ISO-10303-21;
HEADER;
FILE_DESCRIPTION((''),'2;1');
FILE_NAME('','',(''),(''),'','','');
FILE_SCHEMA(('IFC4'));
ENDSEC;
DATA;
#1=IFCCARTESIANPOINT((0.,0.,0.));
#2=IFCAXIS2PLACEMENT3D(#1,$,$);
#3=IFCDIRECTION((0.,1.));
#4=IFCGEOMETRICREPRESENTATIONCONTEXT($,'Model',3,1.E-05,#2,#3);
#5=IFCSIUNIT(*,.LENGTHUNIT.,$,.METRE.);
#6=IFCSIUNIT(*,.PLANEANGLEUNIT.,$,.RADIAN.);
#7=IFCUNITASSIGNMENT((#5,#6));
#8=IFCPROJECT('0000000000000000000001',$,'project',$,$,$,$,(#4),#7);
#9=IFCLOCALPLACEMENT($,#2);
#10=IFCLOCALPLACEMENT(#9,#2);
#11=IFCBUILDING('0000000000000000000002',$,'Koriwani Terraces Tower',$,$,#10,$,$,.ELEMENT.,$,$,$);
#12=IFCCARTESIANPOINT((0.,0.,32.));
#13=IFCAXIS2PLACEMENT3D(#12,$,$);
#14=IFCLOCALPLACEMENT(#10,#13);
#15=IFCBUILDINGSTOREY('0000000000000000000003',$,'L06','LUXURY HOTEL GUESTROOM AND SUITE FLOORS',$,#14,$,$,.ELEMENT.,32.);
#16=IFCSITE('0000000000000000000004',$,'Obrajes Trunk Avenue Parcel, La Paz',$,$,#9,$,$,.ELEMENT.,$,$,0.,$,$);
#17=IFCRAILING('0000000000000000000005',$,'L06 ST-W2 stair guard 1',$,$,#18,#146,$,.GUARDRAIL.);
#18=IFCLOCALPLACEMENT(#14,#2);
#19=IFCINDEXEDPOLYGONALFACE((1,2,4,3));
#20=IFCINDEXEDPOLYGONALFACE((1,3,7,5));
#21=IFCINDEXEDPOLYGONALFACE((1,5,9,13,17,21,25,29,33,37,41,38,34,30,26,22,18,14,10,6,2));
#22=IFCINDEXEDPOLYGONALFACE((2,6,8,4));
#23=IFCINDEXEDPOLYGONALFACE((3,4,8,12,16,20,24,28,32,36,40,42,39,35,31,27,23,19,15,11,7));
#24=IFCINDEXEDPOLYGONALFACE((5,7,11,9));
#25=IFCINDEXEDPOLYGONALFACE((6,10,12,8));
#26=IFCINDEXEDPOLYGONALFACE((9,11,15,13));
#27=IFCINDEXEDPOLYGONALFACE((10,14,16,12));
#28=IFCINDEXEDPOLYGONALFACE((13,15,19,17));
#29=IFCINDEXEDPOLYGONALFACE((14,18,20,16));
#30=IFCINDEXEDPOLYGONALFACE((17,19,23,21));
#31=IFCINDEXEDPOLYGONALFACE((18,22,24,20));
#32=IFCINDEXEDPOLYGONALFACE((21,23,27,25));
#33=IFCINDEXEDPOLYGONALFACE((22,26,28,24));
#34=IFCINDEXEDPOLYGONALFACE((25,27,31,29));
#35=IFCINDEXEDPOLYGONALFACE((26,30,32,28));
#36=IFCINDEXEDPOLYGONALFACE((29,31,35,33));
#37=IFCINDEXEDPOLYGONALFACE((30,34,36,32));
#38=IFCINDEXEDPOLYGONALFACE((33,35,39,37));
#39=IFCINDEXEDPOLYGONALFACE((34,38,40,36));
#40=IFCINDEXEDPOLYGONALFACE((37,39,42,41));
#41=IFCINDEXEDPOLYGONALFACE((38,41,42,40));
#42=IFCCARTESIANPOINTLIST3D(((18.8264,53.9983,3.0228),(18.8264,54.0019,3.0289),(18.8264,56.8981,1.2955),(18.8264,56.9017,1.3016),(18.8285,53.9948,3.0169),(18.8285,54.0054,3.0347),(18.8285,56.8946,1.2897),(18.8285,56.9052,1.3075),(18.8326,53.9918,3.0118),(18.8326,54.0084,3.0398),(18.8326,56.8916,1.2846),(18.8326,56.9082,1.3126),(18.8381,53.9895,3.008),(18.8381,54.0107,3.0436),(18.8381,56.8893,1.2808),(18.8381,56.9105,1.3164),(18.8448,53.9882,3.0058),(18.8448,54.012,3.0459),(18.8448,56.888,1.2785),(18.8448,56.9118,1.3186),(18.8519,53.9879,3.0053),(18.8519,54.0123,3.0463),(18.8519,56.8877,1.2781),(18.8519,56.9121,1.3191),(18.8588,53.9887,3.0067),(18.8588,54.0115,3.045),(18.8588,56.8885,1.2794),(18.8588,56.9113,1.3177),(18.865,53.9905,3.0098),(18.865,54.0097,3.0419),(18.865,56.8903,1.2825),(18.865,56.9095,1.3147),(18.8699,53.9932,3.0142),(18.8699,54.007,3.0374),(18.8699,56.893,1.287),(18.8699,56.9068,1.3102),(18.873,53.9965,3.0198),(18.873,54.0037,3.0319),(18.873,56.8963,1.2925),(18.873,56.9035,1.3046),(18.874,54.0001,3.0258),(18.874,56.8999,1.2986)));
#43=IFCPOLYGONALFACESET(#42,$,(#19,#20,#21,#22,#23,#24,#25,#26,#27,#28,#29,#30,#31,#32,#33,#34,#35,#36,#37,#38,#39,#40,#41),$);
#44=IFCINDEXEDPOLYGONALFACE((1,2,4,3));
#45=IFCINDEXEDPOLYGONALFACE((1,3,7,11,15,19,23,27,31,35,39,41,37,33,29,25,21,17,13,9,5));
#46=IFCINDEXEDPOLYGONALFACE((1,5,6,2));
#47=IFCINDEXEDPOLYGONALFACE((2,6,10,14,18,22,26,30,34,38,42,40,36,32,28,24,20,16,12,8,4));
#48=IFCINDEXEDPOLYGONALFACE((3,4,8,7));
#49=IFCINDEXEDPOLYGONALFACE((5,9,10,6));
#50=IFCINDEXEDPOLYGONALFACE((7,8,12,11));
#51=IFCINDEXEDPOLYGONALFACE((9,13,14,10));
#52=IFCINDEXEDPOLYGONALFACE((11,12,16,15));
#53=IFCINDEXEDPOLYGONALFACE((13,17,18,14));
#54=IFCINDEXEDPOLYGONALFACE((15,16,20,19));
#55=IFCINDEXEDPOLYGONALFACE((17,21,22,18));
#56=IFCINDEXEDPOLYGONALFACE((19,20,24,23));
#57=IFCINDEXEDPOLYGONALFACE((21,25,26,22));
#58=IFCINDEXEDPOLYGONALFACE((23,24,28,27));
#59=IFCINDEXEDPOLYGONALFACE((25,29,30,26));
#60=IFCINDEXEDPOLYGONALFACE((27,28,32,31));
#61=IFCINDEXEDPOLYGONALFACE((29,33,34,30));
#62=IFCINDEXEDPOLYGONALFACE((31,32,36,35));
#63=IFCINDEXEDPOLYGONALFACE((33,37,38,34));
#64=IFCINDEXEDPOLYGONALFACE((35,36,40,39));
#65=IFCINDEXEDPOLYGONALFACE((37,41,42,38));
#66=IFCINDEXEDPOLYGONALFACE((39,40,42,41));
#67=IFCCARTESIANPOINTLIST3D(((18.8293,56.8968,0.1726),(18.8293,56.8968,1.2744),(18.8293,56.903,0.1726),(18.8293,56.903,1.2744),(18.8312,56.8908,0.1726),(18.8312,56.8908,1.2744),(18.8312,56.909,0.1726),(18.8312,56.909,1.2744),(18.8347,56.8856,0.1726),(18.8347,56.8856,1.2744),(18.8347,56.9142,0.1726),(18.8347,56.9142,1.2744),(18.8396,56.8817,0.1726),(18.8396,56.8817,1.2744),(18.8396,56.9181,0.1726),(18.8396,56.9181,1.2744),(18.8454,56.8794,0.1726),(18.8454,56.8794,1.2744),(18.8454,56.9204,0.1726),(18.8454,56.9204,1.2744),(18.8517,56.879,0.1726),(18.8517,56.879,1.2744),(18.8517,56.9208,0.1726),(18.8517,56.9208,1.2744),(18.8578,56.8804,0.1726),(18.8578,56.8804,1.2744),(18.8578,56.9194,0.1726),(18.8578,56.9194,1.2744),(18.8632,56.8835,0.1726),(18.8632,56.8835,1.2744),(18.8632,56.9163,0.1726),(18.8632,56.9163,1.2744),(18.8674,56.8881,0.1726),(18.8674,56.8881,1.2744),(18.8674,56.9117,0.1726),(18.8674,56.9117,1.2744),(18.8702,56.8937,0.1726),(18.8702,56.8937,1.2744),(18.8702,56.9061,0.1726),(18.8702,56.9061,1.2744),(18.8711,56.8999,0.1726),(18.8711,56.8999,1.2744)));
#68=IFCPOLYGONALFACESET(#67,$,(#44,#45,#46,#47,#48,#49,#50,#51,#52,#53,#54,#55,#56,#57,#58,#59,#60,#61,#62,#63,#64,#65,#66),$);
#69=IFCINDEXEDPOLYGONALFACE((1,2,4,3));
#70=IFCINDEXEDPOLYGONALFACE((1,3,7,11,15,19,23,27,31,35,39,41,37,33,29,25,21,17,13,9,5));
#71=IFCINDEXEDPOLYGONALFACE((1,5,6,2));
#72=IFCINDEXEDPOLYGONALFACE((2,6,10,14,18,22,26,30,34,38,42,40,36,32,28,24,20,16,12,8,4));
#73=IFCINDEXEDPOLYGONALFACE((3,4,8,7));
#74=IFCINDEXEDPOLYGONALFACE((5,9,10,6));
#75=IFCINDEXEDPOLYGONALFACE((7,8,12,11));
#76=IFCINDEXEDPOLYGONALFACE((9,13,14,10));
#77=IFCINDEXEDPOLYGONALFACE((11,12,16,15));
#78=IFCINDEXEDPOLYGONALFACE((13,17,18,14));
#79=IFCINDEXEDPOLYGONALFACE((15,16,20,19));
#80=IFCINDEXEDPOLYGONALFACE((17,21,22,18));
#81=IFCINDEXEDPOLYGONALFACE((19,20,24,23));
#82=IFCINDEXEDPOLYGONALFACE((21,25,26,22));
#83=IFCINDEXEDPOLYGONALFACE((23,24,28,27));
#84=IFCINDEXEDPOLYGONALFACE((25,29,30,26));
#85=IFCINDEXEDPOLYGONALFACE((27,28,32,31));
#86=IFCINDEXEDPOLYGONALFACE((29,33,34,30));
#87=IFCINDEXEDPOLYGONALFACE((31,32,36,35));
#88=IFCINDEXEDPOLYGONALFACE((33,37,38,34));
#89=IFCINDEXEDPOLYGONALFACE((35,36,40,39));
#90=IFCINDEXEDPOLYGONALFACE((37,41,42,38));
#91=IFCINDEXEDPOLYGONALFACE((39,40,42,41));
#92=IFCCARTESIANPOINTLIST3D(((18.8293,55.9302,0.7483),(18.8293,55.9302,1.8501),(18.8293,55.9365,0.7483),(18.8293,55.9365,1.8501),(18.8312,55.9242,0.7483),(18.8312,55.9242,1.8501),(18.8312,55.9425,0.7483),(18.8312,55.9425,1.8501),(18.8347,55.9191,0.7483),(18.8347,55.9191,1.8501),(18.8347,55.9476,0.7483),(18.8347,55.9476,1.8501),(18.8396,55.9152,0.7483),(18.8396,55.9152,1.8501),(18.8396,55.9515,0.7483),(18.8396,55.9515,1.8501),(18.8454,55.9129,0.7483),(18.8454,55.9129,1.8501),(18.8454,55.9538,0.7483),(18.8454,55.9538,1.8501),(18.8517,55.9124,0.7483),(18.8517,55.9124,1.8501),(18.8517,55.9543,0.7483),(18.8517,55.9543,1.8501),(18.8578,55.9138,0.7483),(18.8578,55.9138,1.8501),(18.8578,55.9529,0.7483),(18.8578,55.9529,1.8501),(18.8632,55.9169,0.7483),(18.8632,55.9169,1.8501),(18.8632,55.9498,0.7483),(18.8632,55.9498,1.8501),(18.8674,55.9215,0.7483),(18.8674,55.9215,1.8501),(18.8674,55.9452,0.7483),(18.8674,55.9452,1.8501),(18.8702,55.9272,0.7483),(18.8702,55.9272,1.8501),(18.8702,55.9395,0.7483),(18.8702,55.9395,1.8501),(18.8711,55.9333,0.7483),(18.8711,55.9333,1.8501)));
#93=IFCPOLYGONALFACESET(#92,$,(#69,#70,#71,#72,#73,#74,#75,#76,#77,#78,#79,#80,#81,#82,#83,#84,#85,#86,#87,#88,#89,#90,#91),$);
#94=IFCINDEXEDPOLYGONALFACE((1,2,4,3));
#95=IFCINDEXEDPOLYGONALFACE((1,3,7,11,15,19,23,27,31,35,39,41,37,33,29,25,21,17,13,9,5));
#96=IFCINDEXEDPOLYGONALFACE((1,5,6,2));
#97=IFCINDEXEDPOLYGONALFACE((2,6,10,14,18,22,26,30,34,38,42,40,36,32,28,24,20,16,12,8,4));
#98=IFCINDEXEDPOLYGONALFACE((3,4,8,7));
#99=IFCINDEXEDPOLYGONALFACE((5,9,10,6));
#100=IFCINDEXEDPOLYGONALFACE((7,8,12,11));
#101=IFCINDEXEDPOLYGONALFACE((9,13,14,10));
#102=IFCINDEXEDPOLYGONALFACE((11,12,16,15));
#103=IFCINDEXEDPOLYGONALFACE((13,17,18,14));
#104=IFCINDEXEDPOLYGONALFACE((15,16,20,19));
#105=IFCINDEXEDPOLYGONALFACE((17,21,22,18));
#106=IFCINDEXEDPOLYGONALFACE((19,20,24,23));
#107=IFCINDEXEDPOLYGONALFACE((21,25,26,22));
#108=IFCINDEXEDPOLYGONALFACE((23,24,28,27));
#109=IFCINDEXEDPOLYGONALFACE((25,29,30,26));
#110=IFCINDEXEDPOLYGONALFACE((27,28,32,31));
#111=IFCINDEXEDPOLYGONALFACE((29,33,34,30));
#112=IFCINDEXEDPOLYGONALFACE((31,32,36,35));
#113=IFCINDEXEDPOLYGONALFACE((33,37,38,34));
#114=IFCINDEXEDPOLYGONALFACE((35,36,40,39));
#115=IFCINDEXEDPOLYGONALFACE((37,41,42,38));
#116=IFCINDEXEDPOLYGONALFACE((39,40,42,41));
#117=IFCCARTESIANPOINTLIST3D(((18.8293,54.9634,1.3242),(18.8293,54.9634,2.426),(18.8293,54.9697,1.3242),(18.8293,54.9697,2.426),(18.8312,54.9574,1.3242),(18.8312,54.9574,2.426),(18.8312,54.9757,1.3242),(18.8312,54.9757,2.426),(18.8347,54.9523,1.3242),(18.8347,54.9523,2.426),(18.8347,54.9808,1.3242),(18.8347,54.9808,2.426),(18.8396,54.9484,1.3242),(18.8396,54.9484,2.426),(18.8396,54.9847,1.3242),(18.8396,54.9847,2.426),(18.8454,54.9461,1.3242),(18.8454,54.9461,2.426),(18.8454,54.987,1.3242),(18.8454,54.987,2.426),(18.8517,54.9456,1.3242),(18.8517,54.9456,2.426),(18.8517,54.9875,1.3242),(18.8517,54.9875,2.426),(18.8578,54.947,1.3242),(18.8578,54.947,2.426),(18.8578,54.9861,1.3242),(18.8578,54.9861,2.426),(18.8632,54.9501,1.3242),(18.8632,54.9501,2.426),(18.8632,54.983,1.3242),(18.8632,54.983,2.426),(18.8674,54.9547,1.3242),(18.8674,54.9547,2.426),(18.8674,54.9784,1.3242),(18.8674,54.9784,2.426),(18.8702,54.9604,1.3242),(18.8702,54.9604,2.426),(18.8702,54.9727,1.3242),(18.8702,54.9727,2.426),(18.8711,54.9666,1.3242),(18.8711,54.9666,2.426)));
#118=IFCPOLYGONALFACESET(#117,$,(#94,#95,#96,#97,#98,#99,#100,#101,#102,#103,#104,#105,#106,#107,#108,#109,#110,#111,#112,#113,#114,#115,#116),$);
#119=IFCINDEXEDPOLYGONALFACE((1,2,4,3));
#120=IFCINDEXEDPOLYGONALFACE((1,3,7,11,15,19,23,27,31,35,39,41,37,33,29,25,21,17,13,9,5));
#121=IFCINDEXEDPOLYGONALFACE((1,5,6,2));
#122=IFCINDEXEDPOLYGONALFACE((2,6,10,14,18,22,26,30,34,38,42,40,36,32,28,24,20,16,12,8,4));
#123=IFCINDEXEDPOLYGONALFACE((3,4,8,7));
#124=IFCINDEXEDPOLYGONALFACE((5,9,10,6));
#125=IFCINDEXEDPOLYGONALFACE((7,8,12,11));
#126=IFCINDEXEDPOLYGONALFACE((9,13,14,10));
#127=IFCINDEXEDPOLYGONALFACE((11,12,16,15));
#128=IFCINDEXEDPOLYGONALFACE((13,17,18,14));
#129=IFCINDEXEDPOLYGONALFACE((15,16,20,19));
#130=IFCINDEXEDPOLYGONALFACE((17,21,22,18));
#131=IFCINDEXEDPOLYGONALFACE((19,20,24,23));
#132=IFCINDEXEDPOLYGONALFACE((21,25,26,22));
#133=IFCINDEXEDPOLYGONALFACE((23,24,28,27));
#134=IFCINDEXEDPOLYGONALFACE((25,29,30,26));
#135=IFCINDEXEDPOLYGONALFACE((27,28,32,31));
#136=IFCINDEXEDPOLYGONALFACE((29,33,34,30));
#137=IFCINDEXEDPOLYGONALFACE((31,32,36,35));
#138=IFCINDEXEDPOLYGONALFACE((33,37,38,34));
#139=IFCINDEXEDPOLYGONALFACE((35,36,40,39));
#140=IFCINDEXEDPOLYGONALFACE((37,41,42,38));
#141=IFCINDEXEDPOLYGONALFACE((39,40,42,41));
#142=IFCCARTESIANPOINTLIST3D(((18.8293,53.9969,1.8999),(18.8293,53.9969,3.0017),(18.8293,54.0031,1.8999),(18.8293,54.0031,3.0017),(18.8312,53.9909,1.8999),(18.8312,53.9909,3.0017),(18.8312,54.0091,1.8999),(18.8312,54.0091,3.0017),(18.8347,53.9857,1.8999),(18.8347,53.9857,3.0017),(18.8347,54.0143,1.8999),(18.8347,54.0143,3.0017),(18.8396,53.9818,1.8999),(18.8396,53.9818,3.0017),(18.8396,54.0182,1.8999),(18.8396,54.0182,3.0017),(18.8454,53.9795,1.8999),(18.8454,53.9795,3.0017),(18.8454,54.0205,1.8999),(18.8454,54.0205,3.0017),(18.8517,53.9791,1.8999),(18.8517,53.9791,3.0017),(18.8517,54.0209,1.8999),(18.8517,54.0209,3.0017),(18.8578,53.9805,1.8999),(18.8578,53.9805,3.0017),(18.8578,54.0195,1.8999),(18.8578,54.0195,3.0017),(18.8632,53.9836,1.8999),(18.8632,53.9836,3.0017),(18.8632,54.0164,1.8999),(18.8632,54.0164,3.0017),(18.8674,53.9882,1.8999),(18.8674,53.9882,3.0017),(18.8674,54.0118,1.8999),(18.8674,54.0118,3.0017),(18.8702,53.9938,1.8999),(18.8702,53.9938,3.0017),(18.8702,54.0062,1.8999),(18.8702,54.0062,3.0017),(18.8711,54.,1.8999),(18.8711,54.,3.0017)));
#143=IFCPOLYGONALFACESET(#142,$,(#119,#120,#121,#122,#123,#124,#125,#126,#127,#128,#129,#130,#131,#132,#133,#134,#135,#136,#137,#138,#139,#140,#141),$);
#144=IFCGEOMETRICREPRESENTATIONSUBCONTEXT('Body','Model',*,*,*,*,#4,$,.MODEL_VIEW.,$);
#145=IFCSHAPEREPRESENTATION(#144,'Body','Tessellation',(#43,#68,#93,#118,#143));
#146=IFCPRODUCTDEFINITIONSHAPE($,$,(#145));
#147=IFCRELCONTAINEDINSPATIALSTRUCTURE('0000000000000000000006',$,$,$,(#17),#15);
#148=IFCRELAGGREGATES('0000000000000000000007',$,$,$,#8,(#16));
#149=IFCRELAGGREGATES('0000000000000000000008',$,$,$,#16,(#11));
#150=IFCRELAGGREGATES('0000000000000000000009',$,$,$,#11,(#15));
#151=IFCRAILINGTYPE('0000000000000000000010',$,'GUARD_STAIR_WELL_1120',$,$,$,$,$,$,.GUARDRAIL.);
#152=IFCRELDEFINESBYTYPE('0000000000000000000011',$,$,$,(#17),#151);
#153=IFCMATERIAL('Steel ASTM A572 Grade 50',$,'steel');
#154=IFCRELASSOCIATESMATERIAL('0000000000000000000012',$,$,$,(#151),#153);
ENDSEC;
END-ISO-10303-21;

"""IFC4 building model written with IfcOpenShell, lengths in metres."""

from ifc_helpers import new_model, si_unit, direction, frame, origin, origin_2d, place, context, subcontext, project, spatial, circle, extrude, material, type_object, element, save


model = new_model("IFC4")

# Units and contexts
model_context = context("Model", 3, precision=1e-05, world=origin(), true_north=direction((0.0, 1.0)))
body_context = subcontext(model_context, "Body", "Model", "MODEL_VIEW")
ifc_project = project(units=[si_unit("LENGTHUNIT", "METRE"), si_unit("PLANEANGLEUNIT", "RADIAN")], contexts=[model_context])

# Site, building, storey
site_placement = place(None, origin())
site = spatial("IfcSite", under=ifc_project, at=site_placement, Name="Obrajes Trunk Avenue Parcel, La Paz", CompositionType="ELEMENT", RefElevation=0.0)
building_placement = place(site_placement, origin())
building = spatial("IfcBuilding", under=site, at=building_placement, Name="Koriwani Terraces Tower", CompositionType="ELEMENT")
storey_placement = place(building_placement, frame((0.0, 0.0, 32.0)))
storey = spatial("IfcBuildingStorey", under=building, at=storey_placement, Name="L06", Description="LUXURY HOTEL GUESTROOM AND SUITE FLOORS", CompositionType="ELEMENT", Elevation=32.0)

# Shared definitions
ifc_material_1 = material(Name="Steel ASTM A572 Grade 50", Category="steel")

# Railing
railing_type_1 = type_object("IfcRailingType", Name="GUARD_STAIR_WELL_1120", PredefinedType="GUARDRAIL", material=ifc_material_1)
railing_1_placement = place(storey_placement, frame((18.8501, 56.8999, 0.1726)))
element("IfcRailing", 1, at=railing_1_placement, inside=storey, type_object=railing_type_1, Name="L06 ST-W2 stair guard 1", PredefinedType="GUARDRAIL", context=body_context, shape_type="SweptSolid", body=[
    extrude(circle(Radius=0.0239, at=origin_2d()), frame((0.0, 0.0, 1.126), z_axis=(0.0, -0.859141, 0.511738), x_axis=(1.0, 0.0, 0.0)), (0.0, 0.0, 1.0), 3.3752),
    extrude(circle(Radius=0.021, at=origin_2d()), origin(), (0.0, 0.0, 1.0), 1.1018),
    extrude(circle(Radius=0.021, at=origin_2d()), frame((0.0, -0.9666, 0.5757)), (0.0, 0.0, 1.0), 1.1018),
    extrude(circle(Radius=0.021, at=origin_2d()), frame((0.0, -1.9333, 1.1516)), (0.0, 0.0, 1.0), 1.1018),
    extrude(circle(Radius=0.021, at=origin_2d()), frame((0.0, -2.8999, 1.7273)), (0.0, 0.0, 1.0), 1.1018),
])

save(model, "model.ifc")
